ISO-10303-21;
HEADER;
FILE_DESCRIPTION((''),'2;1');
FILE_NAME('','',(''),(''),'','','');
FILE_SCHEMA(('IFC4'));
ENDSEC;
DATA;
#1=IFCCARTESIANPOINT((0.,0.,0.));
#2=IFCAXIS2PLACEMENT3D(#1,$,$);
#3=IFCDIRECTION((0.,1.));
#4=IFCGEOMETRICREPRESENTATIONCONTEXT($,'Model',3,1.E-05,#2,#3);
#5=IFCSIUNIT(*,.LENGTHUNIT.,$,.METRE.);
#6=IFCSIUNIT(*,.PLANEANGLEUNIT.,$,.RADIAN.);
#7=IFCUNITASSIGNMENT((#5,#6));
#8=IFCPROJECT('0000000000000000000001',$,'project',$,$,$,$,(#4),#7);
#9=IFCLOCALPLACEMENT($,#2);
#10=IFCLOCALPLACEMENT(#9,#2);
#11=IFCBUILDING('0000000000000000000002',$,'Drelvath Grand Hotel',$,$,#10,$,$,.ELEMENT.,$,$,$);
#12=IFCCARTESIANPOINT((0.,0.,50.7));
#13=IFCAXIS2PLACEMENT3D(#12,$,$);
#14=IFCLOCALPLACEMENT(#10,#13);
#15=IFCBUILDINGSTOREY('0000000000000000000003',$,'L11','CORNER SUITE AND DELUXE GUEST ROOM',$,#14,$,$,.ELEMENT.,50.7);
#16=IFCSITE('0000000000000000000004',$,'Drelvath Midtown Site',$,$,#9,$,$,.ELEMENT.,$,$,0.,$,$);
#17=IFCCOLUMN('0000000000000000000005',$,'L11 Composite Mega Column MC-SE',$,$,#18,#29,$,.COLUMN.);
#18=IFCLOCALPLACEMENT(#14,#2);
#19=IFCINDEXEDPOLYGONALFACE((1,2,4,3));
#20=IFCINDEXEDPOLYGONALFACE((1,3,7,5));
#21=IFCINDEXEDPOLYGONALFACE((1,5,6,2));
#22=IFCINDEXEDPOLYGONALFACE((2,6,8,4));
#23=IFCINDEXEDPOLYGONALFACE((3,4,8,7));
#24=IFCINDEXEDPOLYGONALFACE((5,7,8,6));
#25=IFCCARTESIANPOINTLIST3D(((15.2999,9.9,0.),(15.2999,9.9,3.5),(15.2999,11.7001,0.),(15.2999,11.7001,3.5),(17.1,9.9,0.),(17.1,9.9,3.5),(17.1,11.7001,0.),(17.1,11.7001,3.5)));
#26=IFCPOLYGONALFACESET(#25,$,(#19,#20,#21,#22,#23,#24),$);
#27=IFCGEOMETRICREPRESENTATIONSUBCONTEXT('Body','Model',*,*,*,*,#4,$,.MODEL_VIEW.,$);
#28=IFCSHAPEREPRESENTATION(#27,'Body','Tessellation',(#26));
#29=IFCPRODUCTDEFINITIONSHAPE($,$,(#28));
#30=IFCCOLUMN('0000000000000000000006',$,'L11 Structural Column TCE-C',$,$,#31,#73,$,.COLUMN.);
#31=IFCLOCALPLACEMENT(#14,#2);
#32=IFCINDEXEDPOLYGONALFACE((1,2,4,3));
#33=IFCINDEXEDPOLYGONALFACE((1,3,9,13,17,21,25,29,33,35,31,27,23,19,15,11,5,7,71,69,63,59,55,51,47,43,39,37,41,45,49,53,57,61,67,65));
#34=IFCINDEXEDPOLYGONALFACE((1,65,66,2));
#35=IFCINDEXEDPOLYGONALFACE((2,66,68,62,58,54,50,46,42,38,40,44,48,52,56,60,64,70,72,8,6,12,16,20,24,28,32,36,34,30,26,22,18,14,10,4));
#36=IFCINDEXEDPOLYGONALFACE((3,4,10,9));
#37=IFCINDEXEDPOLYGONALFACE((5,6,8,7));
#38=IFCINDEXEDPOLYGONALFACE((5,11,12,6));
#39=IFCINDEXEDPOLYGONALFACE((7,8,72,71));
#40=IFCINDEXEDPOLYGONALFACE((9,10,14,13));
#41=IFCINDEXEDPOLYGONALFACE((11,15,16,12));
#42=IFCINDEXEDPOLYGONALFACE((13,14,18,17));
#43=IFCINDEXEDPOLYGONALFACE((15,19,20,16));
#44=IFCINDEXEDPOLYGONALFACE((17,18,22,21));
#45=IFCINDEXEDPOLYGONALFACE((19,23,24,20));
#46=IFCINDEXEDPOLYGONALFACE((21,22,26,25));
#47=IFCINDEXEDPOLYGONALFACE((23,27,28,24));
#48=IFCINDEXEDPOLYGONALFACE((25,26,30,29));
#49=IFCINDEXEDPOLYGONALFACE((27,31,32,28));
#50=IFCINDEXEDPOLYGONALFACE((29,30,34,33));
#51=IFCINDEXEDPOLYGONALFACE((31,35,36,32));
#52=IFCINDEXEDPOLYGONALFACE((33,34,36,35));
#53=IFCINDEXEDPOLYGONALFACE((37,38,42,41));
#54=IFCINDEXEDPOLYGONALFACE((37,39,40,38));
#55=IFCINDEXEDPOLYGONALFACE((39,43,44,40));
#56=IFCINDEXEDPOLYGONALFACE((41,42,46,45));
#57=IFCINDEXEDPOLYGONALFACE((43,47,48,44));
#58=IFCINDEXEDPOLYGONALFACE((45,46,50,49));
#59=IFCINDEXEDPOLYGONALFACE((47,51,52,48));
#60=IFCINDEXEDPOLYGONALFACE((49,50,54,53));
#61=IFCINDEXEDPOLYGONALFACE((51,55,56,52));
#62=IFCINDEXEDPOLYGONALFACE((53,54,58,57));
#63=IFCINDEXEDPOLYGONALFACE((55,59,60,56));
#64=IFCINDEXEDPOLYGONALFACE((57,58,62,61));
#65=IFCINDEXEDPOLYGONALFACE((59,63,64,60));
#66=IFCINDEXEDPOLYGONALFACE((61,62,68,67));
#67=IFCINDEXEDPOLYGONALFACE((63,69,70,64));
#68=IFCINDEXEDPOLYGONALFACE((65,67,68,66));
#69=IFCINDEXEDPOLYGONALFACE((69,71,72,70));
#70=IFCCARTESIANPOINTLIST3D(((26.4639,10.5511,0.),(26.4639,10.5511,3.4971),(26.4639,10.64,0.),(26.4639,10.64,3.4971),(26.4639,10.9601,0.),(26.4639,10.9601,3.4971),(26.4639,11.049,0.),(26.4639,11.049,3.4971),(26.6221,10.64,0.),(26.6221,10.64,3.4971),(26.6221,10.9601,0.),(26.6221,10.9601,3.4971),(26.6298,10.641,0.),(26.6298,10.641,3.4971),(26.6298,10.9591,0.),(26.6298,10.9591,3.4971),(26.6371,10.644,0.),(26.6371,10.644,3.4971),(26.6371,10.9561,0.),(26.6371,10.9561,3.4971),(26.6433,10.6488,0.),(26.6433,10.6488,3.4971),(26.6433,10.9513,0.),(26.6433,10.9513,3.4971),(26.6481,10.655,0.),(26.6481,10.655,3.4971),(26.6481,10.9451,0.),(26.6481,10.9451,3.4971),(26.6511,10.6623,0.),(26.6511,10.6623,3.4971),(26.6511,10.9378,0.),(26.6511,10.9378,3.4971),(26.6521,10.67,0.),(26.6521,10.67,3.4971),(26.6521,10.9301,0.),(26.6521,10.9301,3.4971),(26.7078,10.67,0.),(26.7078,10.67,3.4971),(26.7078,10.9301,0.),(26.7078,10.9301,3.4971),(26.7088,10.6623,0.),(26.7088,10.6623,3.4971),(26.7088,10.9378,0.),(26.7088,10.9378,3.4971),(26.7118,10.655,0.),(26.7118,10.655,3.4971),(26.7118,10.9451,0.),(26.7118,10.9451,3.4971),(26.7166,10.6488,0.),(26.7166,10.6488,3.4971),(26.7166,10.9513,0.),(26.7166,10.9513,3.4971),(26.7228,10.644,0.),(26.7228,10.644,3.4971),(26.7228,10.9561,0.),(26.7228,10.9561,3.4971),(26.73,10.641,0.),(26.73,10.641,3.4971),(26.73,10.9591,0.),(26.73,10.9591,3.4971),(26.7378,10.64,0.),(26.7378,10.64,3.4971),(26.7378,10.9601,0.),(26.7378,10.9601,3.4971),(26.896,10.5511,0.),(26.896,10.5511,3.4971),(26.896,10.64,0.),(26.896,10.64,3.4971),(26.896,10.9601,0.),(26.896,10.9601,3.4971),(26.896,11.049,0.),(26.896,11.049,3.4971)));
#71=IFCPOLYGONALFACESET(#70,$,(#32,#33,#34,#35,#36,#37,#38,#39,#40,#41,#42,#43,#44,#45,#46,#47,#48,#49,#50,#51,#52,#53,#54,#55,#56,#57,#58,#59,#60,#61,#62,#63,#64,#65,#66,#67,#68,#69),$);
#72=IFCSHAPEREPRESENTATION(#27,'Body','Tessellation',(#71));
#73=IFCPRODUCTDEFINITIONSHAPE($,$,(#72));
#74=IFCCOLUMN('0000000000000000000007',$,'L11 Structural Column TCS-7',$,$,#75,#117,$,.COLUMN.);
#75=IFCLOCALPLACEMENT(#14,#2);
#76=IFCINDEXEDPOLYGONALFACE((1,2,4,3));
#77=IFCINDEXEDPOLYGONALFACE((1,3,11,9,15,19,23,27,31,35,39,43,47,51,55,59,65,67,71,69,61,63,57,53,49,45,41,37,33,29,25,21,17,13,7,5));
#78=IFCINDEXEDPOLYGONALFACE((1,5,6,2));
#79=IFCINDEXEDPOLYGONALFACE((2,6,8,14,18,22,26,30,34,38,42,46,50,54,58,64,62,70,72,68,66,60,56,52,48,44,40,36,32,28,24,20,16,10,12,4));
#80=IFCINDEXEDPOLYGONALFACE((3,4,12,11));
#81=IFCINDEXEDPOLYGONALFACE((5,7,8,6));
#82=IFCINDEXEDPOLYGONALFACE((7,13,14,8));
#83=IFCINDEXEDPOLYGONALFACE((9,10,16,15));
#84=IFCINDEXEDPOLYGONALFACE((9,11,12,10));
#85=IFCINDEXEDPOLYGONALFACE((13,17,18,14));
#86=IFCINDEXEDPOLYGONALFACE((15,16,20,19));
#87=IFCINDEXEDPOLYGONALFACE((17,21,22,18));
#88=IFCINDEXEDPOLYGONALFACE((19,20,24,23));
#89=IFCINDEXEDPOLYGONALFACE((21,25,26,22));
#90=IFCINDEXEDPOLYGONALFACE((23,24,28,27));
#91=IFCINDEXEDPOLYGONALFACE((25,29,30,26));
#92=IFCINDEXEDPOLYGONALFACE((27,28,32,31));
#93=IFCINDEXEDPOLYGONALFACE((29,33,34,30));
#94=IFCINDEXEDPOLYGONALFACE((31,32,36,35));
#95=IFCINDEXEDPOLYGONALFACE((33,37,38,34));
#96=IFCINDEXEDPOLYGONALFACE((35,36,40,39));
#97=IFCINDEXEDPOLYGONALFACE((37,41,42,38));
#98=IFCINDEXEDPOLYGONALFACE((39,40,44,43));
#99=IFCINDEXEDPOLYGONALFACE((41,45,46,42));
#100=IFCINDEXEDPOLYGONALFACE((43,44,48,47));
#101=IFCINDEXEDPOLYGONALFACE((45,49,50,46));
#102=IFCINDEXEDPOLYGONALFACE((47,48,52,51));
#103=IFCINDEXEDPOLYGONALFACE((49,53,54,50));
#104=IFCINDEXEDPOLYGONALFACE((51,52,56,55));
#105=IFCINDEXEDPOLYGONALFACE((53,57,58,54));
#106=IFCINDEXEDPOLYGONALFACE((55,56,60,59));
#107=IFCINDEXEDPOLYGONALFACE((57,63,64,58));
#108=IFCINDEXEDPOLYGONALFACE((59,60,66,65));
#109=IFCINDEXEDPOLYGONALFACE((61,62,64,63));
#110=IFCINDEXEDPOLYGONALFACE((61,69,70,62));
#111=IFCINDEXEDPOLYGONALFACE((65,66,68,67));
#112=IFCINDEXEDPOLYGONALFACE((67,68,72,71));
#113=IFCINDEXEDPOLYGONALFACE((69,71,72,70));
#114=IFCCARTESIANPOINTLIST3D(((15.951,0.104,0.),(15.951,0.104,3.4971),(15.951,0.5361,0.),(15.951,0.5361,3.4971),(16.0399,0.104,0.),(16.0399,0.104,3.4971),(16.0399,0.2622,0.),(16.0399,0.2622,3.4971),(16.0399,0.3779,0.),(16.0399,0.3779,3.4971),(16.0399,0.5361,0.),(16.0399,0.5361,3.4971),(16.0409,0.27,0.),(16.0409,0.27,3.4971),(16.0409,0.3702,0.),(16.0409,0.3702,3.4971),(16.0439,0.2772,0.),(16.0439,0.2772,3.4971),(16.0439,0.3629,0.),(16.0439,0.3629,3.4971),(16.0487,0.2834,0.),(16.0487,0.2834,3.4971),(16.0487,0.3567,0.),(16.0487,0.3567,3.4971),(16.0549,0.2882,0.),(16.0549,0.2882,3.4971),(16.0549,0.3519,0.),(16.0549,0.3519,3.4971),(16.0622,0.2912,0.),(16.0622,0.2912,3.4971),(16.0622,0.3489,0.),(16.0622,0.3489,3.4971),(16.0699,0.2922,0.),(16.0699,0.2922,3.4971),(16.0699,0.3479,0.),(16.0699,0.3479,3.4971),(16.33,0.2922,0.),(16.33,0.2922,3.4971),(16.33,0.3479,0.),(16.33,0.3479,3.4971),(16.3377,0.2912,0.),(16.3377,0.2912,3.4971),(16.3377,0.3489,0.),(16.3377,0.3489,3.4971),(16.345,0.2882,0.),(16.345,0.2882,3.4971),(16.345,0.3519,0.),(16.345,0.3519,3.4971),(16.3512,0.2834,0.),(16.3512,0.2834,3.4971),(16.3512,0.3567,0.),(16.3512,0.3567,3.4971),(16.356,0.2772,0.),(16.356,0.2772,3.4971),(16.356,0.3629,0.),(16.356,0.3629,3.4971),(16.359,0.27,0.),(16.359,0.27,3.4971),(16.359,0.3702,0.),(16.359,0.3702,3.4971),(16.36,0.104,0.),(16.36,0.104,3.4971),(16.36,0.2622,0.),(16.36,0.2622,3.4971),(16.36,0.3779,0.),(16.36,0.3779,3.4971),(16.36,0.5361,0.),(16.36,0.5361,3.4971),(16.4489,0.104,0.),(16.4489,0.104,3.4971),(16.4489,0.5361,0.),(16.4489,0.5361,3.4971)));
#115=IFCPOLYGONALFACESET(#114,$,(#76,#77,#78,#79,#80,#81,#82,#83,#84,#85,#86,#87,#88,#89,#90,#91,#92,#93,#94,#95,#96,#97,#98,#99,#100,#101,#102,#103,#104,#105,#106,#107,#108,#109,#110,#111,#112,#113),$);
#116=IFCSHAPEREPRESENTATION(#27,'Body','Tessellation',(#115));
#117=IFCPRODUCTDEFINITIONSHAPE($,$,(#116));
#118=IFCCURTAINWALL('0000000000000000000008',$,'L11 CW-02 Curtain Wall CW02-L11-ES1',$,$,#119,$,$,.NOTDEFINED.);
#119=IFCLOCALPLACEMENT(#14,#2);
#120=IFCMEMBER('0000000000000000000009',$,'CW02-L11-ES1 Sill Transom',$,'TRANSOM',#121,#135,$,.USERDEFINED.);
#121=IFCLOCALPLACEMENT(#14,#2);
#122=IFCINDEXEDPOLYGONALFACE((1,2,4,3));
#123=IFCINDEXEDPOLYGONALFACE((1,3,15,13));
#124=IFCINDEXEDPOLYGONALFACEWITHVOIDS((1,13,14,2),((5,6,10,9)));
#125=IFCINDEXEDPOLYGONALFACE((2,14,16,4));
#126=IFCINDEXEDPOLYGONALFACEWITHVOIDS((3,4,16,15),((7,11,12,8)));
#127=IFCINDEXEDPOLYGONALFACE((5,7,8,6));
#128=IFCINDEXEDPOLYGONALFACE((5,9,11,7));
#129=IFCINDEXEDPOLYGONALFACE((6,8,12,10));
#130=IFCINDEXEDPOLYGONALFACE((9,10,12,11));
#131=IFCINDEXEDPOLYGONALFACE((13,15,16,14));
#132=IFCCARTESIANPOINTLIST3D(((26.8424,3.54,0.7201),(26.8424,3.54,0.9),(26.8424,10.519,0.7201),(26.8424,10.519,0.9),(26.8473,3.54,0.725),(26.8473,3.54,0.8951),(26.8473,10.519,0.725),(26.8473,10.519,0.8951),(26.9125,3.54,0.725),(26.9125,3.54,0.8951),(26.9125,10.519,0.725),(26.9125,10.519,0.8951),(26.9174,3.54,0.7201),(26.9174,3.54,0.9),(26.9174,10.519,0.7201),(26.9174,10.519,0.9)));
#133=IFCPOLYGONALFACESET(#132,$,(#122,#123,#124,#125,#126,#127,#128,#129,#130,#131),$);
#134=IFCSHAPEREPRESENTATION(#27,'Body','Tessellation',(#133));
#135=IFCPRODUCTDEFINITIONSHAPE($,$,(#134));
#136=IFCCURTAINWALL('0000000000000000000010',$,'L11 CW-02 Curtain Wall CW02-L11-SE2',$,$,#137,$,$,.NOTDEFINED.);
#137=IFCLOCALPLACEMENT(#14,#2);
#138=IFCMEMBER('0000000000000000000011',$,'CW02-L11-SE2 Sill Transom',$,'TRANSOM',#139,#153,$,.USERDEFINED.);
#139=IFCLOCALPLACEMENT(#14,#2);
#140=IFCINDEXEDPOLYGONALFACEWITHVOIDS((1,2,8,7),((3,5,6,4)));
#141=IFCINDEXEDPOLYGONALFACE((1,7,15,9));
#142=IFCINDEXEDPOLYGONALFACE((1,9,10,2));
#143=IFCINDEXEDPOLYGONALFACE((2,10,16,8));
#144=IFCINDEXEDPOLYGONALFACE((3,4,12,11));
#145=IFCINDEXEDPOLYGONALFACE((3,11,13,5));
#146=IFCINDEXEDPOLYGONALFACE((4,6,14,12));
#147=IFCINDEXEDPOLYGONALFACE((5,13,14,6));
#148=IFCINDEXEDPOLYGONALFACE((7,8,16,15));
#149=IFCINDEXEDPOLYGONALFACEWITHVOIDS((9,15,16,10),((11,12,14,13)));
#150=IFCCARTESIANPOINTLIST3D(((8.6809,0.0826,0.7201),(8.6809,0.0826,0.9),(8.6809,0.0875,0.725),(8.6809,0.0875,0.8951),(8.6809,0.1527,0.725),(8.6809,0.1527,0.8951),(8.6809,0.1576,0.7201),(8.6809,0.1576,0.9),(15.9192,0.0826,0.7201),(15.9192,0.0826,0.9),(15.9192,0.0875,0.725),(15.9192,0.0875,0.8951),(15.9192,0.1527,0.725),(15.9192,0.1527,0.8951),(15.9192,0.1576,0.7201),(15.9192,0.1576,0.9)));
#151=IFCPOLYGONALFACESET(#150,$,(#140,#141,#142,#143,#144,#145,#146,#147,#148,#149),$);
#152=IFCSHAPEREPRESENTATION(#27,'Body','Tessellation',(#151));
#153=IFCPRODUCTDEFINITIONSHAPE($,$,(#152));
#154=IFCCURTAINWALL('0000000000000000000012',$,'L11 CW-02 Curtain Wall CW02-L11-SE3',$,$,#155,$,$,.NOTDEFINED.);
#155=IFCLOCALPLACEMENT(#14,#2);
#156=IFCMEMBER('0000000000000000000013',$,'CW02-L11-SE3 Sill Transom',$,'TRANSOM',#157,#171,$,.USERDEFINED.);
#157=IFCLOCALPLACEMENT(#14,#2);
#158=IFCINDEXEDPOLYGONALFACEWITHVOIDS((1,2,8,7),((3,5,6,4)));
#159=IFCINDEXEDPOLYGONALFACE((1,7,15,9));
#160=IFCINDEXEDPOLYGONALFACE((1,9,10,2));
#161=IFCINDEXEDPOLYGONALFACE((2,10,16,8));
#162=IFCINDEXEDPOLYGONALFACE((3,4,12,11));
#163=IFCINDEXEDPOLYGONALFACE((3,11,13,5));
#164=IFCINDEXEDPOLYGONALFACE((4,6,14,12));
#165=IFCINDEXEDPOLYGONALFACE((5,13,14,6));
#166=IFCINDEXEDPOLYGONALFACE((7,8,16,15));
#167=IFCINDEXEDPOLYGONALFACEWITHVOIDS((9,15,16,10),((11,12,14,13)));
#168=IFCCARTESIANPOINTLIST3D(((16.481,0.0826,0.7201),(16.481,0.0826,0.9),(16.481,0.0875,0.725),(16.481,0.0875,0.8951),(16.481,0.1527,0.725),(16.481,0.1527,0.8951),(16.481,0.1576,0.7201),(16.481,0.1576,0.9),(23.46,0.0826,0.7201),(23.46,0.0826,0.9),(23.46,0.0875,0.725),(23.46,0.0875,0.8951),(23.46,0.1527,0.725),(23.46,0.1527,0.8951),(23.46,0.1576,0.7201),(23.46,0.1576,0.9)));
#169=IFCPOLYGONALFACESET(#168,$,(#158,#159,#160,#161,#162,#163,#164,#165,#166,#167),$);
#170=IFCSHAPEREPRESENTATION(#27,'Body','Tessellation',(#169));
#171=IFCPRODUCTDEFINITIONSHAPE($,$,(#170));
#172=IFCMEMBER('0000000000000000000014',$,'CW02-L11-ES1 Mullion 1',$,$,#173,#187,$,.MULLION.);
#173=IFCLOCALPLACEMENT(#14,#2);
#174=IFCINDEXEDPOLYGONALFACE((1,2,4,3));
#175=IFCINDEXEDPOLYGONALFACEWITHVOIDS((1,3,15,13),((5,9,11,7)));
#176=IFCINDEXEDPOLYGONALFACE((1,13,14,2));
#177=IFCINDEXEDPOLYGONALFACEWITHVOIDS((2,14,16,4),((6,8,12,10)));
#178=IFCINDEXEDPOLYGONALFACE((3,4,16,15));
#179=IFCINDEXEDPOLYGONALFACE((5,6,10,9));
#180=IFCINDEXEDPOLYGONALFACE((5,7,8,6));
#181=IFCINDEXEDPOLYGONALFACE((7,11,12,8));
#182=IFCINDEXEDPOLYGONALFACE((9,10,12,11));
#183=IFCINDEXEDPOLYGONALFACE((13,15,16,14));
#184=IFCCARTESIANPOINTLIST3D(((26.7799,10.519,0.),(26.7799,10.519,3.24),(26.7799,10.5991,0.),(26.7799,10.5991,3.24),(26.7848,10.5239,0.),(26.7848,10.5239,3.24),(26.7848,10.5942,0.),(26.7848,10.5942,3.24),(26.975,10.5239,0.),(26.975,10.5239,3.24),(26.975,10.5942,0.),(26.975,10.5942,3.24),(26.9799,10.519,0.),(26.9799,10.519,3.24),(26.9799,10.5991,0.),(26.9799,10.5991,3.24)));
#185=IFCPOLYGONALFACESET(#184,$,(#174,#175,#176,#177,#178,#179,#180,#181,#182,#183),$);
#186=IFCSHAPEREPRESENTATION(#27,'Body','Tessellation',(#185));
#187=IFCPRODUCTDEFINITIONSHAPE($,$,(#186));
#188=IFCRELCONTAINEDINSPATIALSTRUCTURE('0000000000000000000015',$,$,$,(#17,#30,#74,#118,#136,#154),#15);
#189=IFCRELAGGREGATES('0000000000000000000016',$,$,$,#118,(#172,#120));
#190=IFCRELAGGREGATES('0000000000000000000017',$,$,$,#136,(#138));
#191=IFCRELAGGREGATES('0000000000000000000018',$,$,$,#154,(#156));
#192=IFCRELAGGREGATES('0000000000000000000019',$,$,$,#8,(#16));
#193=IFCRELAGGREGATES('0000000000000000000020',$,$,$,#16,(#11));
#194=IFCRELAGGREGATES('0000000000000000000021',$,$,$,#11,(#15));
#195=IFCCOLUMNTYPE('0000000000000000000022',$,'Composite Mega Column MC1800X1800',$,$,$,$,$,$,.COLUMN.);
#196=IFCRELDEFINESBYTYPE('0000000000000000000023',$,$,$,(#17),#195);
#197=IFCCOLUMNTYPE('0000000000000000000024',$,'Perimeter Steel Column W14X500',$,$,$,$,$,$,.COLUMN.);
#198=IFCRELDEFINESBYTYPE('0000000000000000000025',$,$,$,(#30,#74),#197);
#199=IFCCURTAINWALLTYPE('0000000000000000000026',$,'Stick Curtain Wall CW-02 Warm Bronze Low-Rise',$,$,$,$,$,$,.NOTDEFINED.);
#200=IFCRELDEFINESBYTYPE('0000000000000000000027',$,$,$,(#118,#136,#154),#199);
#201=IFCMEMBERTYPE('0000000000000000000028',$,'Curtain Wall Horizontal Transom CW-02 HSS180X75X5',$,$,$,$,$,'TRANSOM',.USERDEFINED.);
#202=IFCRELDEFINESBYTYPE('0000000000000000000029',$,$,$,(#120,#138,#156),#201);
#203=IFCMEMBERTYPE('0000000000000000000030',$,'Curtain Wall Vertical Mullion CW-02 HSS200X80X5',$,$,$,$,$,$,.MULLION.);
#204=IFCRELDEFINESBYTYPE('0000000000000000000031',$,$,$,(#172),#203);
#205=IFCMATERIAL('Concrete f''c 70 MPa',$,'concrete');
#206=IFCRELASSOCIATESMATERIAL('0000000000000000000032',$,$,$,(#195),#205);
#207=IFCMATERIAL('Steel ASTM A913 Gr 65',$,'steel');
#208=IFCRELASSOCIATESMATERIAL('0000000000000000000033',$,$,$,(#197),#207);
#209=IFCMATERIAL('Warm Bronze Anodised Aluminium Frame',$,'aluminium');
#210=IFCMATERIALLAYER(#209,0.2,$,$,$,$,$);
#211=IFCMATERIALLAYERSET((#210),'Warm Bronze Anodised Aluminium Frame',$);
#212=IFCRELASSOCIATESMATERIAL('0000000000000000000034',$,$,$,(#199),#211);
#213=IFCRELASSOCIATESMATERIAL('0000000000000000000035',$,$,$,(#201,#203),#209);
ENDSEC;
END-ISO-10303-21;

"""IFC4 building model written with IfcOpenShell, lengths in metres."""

from ifc_helpers import new_model, si_unit, direction, frame, origin, origin_2d, place, context, subcontext, project, spatial, rectangle, hollow_rectangle, i_section, extrude, material, layer, layer_set, material_profile, profile_set, type_object, element, aggregate, save


model = new_model("IFC4")

# Units and contexts
model_context = context("Model", 3, precision=1e-05, world=origin(), true_north=direction((0.0, 1.0)))
body_context = subcontext(model_context, "Body", "Model", "MODEL_VIEW")
ifc_project = project(units=[si_unit("LENGTHUNIT", "METRE"), si_unit("PLANEANGLEUNIT", "RADIAN")], contexts=[model_context])

# Site, building, storey
site_placement = place(None, origin())
site = spatial("IfcSite", under=ifc_project, at=site_placement, Name="Drelvath Midtown Site", CompositionType="ELEMENT", RefElevation=0.0)
building_placement = place(site_placement, origin())
building = spatial("IfcBuilding", under=site, at=building_placement, Name="Drelvath Grand Hotel", CompositionType="ELEMENT")
storey_placement = place(building_placement, frame((0.0, 0.0, 50.7)))
storey = spatial("IfcBuildingStorey", under=building, at=storey_placement, Name="L11", Description="CORNER SUITE AND DELUXE GUEST ROOM", CompositionType="ELEMENT", Elevation=50.7)

# Columns
ifc_material_1 = material(Name="Concrete f'c 70 MPa", Category="concrete")
ifc_material_profile_1 = material_profile(ifc_material_1, rectangle(XDim=1.8, YDim=1.8, at=origin_2d()), Name="MC1800X1800")
ifc_profile_set_1 = profile_set([ifc_material_profile_1], Name="Concrete f'c 70 MPa")
column_type_1 = type_object("IfcColumnType", Name="Composite Mega Column MC1800X1800", PredefinedType="COLUMN", material=ifc_profile_set_1)
column_placement = place(storey_placement, frame((16.2, 10.8, 0.0), z_axis=(0.0, 0.0, 1.0), x_axis=(1.0, 0.0, 0.0)))
element("IfcColumn", 1, at=column_placement, inside=storey, type_object=column_type_1, Name="L11 Composite Mega Column MC-SE", PredefinedType="COLUMN", context=body_context, shape_type="SweptSolid", body=[
    extrude(rectangle(XDim=1.8, YDim=1.8, at=origin_2d()), origin(), (0.0, 0.0, 1.0), 3.5),
])
ifc_material_2 = material(Name="Steel ASTM A913 Gr 65", Category="steel")
ifc_material_profile_2 = material_profile(ifc_material_2, i_section(OverallWidth=0.4321, OverallDepth=0.4978, WebThickness=0.0557, FlangeThickness=0.0889, FilletRadius=0.03, at=origin_2d()), Name="W14X500")
ifc_profile_set_2 = profile_set([ifc_material_profile_2], Name="Steel ASTM A913 Gr 65")
column_type_2 = type_object("IfcColumnType", Name="Perimeter Steel Column W14X500", PredefinedType="COLUMN", material=ifc_profile_set_2)
for number, where, z_axis, x_axis, name in (
    (2, (26.6799, 10.8, 0.0), (0.0, 0.0, 1.0), (1.0, 0.0, 0.0), "L11 Structural Column TCE-C"),
    (3, (16.2, 0.3201, 0.0), (0.0, 0.0, 1.0), (0.0, 1.0, 0.0), "L11 Structural Column TCS-7"),
):
    element("IfcColumn", number, at=place(storey_placement, frame(where, z_axis=z_axis, x_axis=x_axis)), inside=storey, type_object=column_type_2, Name=name, PredefinedType="COLUMN", context=body_context, shape_type="SweptSolid", body=[
        extrude(i_section(OverallWidth=0.4321, OverallDepth=0.4978, WebThickness=0.0557, FlangeThickness=0.0889, FilletRadius=0.03, at=origin_2d()), origin(), (0.0, 0.0, 1.0), 3.4971),
    ])

# Curtain walls, members
ifc_material_3 = material(Name="Warm Bronze Anodised Aluminium Frame", Category="aluminium")
ifc_layer_1 = layer(ifc_material_3, 0.2)
ifc_layer_set_1 = layer_set([ifc_layer_1], Name="Warm Bronze Anodised Aluminium Frame")
curtain_wall_type = type_object("IfcCurtainWallType", Name="Stick Curtain Wall CW-02 Warm Bronze Low-Rise", PredefinedType="NOTDEFINED", material=ifc_layer_set_1)
curtain_wall_1_placement = place(storey_placement, origin())
curtain_wall_1 = element("IfcCurtainWall", 4, at=curtain_wall_1_placement, inside=storey, type_object=curtain_wall_type, Name="L11 CW-02 Curtain Wall CW02-L11-ES1", PredefinedType="NOTDEFINED")
ifc_material_profile_3 = material_profile(ifc_material_3, hollow_rectangle(XDim=0.075, YDim=0.1799, WallThickness=0.0049, at=origin_2d()), Name="HSS180X75X5")
ifc_profile_set_3 = profile_set([ifc_material_profile_3], Name="Warm Bronze Anodised Aluminium Frame")
member_type_1 = type_object("IfcMemberType", Name="Curtain Wall Horizontal Transom CW-02 HSS180X75X5", ElementType="TRANSOM", PredefinedType="USERDEFINED", material=ifc_profile_set_3)
member_1_placement = place(storey_placement, frame((26.8799, 10.519, 0.8101), z_axis=(0.0, -1.0, 0.0), x_axis=(1.0, 0.0, 0.0)))
member_1 = element("IfcMember", 5, at=member_1_placement, type_object=member_type_1, Name="CW02-L11-ES1 Sill Transom", ObjectType="TRANSOM", PredefinedType="USERDEFINED", context=body_context, shape_type="SweptSolid", body=[
    extrude(hollow_rectangle(XDim=0.075, YDim=0.1799, WallThickness=0.0049, at=origin_2d()), origin(), (0.0, 0.0, 1.0), 6.979),
])
curtain_wall_2_placement = place(storey_placement, origin())
curtain_wall_2 = element("IfcCurtainWall", 6, at=curtain_wall_2_placement, inside=storey, type_object=curtain_wall_type, Name="L11 CW-02 Curtain Wall CW02-L11-SE2", PredefinedType="NOTDEFINED")
member_2_placement = place(storey_placement, frame((15.9192, 0.1201, 0.8101), z_axis=(-1.0, 0.0, 0.0), x_axis=(0.0, -1.0, 0.0)))
member_2 = element("IfcMember", 7, at=member_2_placement, type_object=member_type_1, Name="CW02-L11-SE2 Sill Transom", ObjectType="TRANSOM", PredefinedType="USERDEFINED", context=body_context, shape_type="SweptSolid", body=[
    extrude(hollow_rectangle(XDim=0.075, YDim=0.1799, WallThickness=0.0049, at=origin_2d()), origin(), (0.0, 0.0, 1.0), 7.2383),
])
curtain_wall_3_placement = place(storey_placement, origin())
curtain_wall_3 = element("IfcCurtainWall", 8, at=curtain_wall_3_placement, inside=storey, type_object=curtain_wall_type, Name="L11 CW-02 Curtain Wall CW02-L11-SE3", PredefinedType="NOTDEFINED")
member_3_placement = place(storey_placement, frame((23.46, 0.1201, 0.8101), z_axis=(-1.0, 0.0, 0.0), x_axis=(0.0, -1.0, 0.0)))
member_3 = element("IfcMember", 9, at=member_3_placement, type_object=member_type_1, Name="CW02-L11-SE3 Sill Transom", ObjectType="TRANSOM", PredefinedType="USERDEFINED", context=body_context, shape_type="SweptSolid", body=[
    extrude(hollow_rectangle(XDim=0.075, YDim=0.1799, WallThickness=0.0049, at=origin_2d()), origin(), (0.0, 0.0, 1.0), 6.979),
])

# Member
ifc_material_profile_4 = material_profile(ifc_material_3, hollow_rectangle(XDim=0.0801, YDim=0.2, WallThickness=0.0049, at=origin_2d()), Name="HSS200X80X5")
ifc_profile_set_4 = profile_set([ifc_material_profile_4], Name="Warm Bronze Anodised Aluminium Frame")
member_type_2 = type_object("IfcMemberType", Name="Curtain Wall Vertical Mullion CW-02 HSS200X80X5", PredefinedType="MULLION", material=ifc_profile_set_4)
member_4_placement = place(storey_placement, frame((26.8799, 10.5591, 0.0), z_axis=(0.0, 0.0, 1.0), x_axis=(0.0, 1.0, 0.0)))
member_4 = element("IfcMember", 10, at=member_4_placement, type_object=member_type_2, Name="CW02-L11-ES1 Mullion 1", PredefinedType="MULLION", context=body_context, shape_type="SweptSolid", body=[
    extrude(hollow_rectangle(XDim=0.0801, YDim=0.2, WallThickness=0.0049, at=origin_2d()), origin(), (0.0, 0.0, 1.0), 3.24),
])

aggregate(curtain_wall_1, [member_4, member_1])
aggregate(curtain_wall_2, [member_2])
aggregate(curtain_wall_3, [member_3])

save(model, "model.ifc")
